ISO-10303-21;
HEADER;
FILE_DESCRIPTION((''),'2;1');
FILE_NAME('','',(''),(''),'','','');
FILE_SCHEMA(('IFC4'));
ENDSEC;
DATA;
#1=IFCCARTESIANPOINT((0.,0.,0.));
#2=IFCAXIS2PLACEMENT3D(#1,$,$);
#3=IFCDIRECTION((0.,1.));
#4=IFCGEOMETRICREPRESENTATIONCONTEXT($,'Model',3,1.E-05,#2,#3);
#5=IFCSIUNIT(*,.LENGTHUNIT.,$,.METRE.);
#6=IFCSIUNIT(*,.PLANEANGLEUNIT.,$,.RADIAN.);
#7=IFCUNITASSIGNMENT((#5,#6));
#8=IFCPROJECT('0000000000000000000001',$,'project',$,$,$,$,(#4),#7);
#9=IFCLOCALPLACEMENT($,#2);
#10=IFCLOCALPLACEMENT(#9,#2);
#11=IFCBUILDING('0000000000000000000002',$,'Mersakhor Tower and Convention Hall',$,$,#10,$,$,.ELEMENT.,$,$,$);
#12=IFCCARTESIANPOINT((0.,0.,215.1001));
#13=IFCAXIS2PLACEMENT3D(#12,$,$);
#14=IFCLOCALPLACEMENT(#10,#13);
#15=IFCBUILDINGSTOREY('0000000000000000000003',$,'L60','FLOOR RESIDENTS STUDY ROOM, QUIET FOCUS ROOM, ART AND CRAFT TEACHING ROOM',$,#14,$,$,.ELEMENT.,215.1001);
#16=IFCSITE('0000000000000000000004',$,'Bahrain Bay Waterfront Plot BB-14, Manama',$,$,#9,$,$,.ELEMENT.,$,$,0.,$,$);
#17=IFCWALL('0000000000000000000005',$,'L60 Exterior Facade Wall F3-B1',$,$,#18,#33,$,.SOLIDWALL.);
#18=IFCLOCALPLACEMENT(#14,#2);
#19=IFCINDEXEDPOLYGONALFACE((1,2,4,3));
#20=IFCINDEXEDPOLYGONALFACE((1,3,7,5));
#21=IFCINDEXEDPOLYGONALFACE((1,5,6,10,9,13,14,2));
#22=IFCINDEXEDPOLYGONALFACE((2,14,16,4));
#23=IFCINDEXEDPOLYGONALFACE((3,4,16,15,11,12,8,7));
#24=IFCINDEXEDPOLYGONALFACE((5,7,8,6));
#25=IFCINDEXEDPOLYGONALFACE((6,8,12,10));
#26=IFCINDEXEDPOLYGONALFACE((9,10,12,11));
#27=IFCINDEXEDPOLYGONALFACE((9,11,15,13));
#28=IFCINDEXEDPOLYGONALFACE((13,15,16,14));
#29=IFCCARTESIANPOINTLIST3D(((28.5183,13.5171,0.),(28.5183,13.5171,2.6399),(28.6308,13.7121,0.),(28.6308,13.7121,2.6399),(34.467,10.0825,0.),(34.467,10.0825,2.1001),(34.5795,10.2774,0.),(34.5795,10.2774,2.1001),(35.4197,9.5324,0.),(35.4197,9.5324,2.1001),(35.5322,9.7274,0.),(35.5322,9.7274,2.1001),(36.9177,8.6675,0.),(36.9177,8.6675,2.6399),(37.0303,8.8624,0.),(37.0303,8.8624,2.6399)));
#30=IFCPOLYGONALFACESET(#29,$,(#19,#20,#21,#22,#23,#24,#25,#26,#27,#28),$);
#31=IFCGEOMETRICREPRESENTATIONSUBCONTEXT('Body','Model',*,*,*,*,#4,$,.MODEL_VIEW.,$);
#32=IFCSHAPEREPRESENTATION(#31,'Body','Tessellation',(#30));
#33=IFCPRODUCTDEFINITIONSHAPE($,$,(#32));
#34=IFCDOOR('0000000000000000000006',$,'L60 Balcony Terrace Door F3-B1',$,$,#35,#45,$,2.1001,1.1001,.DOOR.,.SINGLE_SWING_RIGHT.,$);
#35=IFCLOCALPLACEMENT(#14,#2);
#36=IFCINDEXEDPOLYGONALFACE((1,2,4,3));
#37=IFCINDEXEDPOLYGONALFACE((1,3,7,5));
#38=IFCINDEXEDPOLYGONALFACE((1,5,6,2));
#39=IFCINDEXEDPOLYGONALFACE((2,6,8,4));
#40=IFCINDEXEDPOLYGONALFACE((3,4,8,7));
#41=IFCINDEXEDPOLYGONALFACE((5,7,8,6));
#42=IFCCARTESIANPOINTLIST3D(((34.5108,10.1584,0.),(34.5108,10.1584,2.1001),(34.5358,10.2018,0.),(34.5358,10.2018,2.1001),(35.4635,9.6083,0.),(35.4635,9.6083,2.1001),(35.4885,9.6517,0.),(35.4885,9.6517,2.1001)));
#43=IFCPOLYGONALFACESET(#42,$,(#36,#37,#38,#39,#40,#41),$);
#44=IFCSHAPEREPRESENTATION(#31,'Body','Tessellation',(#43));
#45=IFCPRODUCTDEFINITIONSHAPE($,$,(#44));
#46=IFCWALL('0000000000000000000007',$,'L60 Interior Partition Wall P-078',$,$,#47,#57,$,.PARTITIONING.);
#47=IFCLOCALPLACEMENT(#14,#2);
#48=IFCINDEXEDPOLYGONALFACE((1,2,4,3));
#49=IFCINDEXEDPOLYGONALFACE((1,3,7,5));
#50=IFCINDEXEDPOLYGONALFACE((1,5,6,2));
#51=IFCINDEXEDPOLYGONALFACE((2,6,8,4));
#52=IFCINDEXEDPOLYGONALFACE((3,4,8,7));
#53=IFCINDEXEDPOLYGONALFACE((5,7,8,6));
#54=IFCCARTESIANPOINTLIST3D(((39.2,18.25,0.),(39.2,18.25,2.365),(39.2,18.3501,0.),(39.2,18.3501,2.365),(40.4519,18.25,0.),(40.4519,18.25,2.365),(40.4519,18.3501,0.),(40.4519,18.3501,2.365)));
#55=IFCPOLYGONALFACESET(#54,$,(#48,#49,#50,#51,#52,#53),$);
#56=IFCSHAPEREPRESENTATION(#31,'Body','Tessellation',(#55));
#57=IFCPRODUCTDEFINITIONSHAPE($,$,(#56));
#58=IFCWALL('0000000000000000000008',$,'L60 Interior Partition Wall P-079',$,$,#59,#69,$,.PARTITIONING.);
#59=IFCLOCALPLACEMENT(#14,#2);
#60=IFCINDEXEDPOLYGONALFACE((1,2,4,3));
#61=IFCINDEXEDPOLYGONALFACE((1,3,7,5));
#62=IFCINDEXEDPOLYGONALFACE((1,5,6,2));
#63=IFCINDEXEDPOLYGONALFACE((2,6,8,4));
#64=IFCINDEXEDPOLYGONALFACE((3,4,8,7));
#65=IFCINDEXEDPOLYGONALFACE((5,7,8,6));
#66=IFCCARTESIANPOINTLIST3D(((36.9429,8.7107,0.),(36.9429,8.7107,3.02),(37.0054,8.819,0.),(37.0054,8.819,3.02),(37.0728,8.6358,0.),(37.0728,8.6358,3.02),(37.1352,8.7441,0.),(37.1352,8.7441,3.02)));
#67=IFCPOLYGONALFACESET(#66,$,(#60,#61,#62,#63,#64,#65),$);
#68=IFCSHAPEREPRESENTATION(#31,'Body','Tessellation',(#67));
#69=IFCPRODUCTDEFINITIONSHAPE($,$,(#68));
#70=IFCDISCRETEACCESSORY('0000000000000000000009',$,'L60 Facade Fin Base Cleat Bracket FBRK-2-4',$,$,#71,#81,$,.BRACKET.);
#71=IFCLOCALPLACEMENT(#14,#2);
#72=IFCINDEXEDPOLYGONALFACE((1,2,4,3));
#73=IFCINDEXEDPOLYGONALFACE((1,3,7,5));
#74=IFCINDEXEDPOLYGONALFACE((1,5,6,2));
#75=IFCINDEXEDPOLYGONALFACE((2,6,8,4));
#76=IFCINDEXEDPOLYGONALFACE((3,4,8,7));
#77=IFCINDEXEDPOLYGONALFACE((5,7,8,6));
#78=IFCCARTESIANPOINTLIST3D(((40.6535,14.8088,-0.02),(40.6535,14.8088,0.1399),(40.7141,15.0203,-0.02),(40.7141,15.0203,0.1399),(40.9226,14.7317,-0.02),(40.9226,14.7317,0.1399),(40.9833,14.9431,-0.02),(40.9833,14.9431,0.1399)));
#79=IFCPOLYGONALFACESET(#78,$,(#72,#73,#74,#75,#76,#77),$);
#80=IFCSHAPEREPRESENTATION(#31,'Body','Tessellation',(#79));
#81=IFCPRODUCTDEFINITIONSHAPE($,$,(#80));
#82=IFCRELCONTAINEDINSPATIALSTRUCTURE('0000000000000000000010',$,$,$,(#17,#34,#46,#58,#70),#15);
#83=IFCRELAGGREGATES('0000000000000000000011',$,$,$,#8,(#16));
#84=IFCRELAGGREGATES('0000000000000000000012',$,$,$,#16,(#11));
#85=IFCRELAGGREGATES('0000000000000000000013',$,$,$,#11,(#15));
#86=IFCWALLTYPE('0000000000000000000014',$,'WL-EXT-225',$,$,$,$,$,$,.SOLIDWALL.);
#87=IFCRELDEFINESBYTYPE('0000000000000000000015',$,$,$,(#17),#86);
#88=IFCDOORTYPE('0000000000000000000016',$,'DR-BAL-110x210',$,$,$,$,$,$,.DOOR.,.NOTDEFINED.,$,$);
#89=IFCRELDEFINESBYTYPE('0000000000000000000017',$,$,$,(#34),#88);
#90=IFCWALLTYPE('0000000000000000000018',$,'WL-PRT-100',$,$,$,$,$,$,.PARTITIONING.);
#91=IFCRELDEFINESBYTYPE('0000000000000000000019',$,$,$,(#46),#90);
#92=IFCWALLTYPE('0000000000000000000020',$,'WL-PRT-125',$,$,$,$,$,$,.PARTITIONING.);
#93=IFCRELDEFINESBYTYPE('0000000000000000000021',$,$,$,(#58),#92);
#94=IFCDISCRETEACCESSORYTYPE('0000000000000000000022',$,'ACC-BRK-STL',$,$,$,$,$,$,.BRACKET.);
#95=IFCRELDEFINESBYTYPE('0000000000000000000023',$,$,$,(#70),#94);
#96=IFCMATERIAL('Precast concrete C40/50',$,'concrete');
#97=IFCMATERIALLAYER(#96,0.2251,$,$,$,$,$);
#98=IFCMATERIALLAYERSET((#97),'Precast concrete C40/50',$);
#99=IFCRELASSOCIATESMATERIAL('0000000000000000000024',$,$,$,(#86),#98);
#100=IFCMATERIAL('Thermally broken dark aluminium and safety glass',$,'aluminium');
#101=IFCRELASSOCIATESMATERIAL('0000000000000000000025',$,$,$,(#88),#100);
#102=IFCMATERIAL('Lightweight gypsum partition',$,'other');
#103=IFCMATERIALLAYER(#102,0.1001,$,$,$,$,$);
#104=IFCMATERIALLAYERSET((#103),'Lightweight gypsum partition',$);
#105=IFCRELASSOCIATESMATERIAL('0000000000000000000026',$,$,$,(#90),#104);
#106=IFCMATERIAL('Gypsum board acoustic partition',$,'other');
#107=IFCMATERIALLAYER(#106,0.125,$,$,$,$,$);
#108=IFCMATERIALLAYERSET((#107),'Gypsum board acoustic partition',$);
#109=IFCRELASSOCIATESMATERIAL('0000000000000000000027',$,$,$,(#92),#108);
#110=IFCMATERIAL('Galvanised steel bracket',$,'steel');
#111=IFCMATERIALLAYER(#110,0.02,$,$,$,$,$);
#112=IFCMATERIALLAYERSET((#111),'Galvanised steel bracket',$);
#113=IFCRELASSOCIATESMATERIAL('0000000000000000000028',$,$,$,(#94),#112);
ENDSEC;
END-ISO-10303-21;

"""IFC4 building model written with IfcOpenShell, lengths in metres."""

from ifc_helpers import new_model, si_unit, direction, frame, frame_2d, origin, origin_2d, place, context, subcontext, project, spatial, rectangle, extrude, material, layer, layer_set, type_object, element, fill, save


model = new_model("IFC4")

# Units and contexts
model_context = context("Model", 3, precision=1e-05, world=origin(), true_north=direction((0.0, 1.0)))
body_context = subcontext(model_context, "Body", "Model", "MODEL_VIEW")
ifc_project = project(units=[si_unit("LENGTHUNIT", "METRE"), si_unit("PLANEANGLEUNIT", "RADIAN")], contexts=[model_context])

# Site, building, storey
site_placement = place(None, origin())
site = spatial("IfcSite", under=ifc_project, at=site_placement, Name="Bahrain Bay Waterfront Plot BB-14, Manama", CompositionType="ELEMENT", RefElevation=0.0)
building_placement = place(site_placement, origin())
building = spatial("IfcBuilding", under=site, at=building_placement, Name="Mersakhor Tower and Convention Hall", CompositionType="ELEMENT")
storey_placement = place(building_placement, frame((0.0, 0.0, 215.1001)))
storey = spatial("IfcBuildingStorey", under=building, at=storey_placement, Name="L60", Description="FLOOR RESIDENTS STUDY ROOM, QUIET FOCUS ROOM, ART AND CRAFT TEACHING ROOM", CompositionType="ELEMENT", Elevation=215.1001)

# Shared definitions
ifc_material_1 = material(Name="Precast concrete C40/50", Category="concrete")
ifc_layer_1 = layer(ifc_material_1, 0.2251)
ifc_layer_set_1 = layer_set([ifc_layer_1], Name="Precast concrete C40/50")
wall_type_1 = type_object("IfcWallType", Name="WL-EXT-225", PredefinedType="SOLIDWALL", material=ifc_layer_set_1)

# Wall, opening, door
wall_1_placement = place(storey_placement, frame((36.9741, 8.7649, 0.0), z_axis=(0.0, 0.0, 1.0), x_axis=(-0.866016, 0.500016, 0.0)))
wall_1 = element("IfcWall", 1, at=wall_1_placement, inside=storey, type_object=wall_type_1, Name="L60 Exterior Facade Wall F3-B1", PredefinedType="SOLIDWALL", context=body_context, shape_type="SweptSolid", body=[
    extrude(rectangle(XDim=9.699, YDim=0.2251, at=frame_2d((4.8496, 0.0))), origin(), (0.0, 0.0, 1.0), 2.6399),
])
opening_1_placement = place(wall_1_placement, frame((1.73, 0.0, 0.0)))
opening_1 = element("IfcOpeningElement", 2, at=opening_1_placement, cuts=wall_1, PredefinedType="OPENING", context=body_context, shape_type="SweptSolid", body=[
    extrude(rectangle(XDim=1.1001, YDim=2.1001, at=frame_2d((0.55, 1.05))), frame((0.0, 0.1226, 0.0), z_axis=(0.0, -1.0, 0.0), x_axis=(1.0, 0.0, 0.0)), (0.0, 0.0, 1.0), 0.2451),
])
ifc_material_2 = material(Name="Thermally broken dark aluminium and safety glass", Category="aluminium")
door_type_1 = type_object("IfcDoorType", Name="DR-BAL-110x210", OperationType="NOTDEFINED", PredefinedType="DOOR", material=ifc_material_2)
door_1_placement = place(opening_1_placement, origin())
door_1 = element("IfcDoor", 3, at=door_1_placement, inside=storey, type_object=door_type_1, Name="L60 Balcony Terrace Door F3-B1", OperationType="SINGLE_SWING_RIGHT", OverallHeight=2.1001, OverallWidth=1.1001, PredefinedType="DOOR", context=body_context, shape_type="SweptSolid", body=[
    extrude(rectangle(XDim=1.1001, YDim=2.1001, at=frame_2d((0.55, 1.05))), frame((0.0, 0.0249, 0.0), z_axis=(0.0, -1.0, 0.0), x_axis=(1.0, 0.0, 0.0)), (0.0, 0.0, 1.0), 0.05),
])
fill(opening_1, door_1)

# Walls
ifc_material_3 = material(Name="Lightweight gypsum partition", Category="other")
ifc_layer_2 = layer(ifc_material_3, 0.1001)
ifc_layer_set_2 = layer_set([ifc_layer_2], Name="Lightweight gypsum partition")
wall_type_2 = type_object("IfcWallType", Name="WL-PRT-100", PredefinedType="PARTITIONING", material=ifc_layer_set_2)
wall_2_placement = place(storey_placement, frame((39.2, 18.3, 0.0), z_axis=(0.0, 0.0, 1.0), x_axis=(1.0, 0.0, 0.0)))
element("IfcWall", 4, at=wall_2_placement, inside=storey, type_object=wall_type_2, Name="L60 Interior Partition Wall P-078", PredefinedType="PARTITIONING", context=body_context, shape_type="SweptSolid", body=[
    extrude(rectangle(XDim=1.252, YDim=0.1001, at=frame_2d((0.626, 0.0))), origin(), (0.0, 0.0, 1.0), 2.365),
])
ifc_material_4 = material(Name="Gypsum board acoustic partition", Category="other")
ifc_layer_3 = layer(ifc_material_4, 0.125)
ifc_layer_set_3 = layer_set([ifc_layer_3], Name="Gypsum board acoustic partition")
wall_type_3 = type_object("IfcWallType", Name="WL-PRT-125", PredefinedType="PARTITIONING", material=ifc_layer_set_3)
wall_3_placement = place(storey_placement, frame((37.104, 8.6899, 0.0), z_axis=(0.0, 0.0, 1.0), x_axis=(-0.866131, 0.499816, 0.0)))
element("IfcWall", 5, at=wall_3_placement, inside=storey, type_object=wall_type_3, Name="L60 Interior Partition Wall P-079", PredefinedType="PARTITIONING", context=body_context, shape_type="SweptSolid", body=[
    extrude(rectangle(XDim=0.1499, YDim=0.125, at=frame_2d((0.075, 0.0))), origin(), (0.0, 0.0, 1.0), 3.02),
])

# Discrete accessory
ifc_material_5 = material(Name="Galvanised steel bracket", Category="steel")
ifc_layer_4 = layer(ifc_material_5, 0.02)
ifc_layer_set_4 = layer_set([ifc_layer_4], Name="Galvanised steel bracket")
discrete_accessory_type = type_object("IfcDiscreteAccessoryType", Name="ACC-BRK-STL", PredefinedType="BRACKET", material=ifc_layer_set_4)
discrete_accessory_placement = place(storey_placement, frame((40.8184, 14.876, -0.02), z_axis=(0.0, 0.0, 1.0), x_axis=(0.961262, -0.275637, 0.0)))
element("IfcDiscreteAccessory", 6, at=discrete_accessory_placement, inside=storey, type_object=discrete_accessory_type, Name="L60 Facade Fin Base Cleat Bracket FBRK-2-4", PredefinedType="BRACKET", context=body_context, shape_type="SweptSolid", body=[
    extrude(rectangle(XDim=0.28, YDim=0.22, at=origin_2d()), origin(), (0.0, 0.0, 1.0), 0.1599),
])

save(model, "model.ifc")
